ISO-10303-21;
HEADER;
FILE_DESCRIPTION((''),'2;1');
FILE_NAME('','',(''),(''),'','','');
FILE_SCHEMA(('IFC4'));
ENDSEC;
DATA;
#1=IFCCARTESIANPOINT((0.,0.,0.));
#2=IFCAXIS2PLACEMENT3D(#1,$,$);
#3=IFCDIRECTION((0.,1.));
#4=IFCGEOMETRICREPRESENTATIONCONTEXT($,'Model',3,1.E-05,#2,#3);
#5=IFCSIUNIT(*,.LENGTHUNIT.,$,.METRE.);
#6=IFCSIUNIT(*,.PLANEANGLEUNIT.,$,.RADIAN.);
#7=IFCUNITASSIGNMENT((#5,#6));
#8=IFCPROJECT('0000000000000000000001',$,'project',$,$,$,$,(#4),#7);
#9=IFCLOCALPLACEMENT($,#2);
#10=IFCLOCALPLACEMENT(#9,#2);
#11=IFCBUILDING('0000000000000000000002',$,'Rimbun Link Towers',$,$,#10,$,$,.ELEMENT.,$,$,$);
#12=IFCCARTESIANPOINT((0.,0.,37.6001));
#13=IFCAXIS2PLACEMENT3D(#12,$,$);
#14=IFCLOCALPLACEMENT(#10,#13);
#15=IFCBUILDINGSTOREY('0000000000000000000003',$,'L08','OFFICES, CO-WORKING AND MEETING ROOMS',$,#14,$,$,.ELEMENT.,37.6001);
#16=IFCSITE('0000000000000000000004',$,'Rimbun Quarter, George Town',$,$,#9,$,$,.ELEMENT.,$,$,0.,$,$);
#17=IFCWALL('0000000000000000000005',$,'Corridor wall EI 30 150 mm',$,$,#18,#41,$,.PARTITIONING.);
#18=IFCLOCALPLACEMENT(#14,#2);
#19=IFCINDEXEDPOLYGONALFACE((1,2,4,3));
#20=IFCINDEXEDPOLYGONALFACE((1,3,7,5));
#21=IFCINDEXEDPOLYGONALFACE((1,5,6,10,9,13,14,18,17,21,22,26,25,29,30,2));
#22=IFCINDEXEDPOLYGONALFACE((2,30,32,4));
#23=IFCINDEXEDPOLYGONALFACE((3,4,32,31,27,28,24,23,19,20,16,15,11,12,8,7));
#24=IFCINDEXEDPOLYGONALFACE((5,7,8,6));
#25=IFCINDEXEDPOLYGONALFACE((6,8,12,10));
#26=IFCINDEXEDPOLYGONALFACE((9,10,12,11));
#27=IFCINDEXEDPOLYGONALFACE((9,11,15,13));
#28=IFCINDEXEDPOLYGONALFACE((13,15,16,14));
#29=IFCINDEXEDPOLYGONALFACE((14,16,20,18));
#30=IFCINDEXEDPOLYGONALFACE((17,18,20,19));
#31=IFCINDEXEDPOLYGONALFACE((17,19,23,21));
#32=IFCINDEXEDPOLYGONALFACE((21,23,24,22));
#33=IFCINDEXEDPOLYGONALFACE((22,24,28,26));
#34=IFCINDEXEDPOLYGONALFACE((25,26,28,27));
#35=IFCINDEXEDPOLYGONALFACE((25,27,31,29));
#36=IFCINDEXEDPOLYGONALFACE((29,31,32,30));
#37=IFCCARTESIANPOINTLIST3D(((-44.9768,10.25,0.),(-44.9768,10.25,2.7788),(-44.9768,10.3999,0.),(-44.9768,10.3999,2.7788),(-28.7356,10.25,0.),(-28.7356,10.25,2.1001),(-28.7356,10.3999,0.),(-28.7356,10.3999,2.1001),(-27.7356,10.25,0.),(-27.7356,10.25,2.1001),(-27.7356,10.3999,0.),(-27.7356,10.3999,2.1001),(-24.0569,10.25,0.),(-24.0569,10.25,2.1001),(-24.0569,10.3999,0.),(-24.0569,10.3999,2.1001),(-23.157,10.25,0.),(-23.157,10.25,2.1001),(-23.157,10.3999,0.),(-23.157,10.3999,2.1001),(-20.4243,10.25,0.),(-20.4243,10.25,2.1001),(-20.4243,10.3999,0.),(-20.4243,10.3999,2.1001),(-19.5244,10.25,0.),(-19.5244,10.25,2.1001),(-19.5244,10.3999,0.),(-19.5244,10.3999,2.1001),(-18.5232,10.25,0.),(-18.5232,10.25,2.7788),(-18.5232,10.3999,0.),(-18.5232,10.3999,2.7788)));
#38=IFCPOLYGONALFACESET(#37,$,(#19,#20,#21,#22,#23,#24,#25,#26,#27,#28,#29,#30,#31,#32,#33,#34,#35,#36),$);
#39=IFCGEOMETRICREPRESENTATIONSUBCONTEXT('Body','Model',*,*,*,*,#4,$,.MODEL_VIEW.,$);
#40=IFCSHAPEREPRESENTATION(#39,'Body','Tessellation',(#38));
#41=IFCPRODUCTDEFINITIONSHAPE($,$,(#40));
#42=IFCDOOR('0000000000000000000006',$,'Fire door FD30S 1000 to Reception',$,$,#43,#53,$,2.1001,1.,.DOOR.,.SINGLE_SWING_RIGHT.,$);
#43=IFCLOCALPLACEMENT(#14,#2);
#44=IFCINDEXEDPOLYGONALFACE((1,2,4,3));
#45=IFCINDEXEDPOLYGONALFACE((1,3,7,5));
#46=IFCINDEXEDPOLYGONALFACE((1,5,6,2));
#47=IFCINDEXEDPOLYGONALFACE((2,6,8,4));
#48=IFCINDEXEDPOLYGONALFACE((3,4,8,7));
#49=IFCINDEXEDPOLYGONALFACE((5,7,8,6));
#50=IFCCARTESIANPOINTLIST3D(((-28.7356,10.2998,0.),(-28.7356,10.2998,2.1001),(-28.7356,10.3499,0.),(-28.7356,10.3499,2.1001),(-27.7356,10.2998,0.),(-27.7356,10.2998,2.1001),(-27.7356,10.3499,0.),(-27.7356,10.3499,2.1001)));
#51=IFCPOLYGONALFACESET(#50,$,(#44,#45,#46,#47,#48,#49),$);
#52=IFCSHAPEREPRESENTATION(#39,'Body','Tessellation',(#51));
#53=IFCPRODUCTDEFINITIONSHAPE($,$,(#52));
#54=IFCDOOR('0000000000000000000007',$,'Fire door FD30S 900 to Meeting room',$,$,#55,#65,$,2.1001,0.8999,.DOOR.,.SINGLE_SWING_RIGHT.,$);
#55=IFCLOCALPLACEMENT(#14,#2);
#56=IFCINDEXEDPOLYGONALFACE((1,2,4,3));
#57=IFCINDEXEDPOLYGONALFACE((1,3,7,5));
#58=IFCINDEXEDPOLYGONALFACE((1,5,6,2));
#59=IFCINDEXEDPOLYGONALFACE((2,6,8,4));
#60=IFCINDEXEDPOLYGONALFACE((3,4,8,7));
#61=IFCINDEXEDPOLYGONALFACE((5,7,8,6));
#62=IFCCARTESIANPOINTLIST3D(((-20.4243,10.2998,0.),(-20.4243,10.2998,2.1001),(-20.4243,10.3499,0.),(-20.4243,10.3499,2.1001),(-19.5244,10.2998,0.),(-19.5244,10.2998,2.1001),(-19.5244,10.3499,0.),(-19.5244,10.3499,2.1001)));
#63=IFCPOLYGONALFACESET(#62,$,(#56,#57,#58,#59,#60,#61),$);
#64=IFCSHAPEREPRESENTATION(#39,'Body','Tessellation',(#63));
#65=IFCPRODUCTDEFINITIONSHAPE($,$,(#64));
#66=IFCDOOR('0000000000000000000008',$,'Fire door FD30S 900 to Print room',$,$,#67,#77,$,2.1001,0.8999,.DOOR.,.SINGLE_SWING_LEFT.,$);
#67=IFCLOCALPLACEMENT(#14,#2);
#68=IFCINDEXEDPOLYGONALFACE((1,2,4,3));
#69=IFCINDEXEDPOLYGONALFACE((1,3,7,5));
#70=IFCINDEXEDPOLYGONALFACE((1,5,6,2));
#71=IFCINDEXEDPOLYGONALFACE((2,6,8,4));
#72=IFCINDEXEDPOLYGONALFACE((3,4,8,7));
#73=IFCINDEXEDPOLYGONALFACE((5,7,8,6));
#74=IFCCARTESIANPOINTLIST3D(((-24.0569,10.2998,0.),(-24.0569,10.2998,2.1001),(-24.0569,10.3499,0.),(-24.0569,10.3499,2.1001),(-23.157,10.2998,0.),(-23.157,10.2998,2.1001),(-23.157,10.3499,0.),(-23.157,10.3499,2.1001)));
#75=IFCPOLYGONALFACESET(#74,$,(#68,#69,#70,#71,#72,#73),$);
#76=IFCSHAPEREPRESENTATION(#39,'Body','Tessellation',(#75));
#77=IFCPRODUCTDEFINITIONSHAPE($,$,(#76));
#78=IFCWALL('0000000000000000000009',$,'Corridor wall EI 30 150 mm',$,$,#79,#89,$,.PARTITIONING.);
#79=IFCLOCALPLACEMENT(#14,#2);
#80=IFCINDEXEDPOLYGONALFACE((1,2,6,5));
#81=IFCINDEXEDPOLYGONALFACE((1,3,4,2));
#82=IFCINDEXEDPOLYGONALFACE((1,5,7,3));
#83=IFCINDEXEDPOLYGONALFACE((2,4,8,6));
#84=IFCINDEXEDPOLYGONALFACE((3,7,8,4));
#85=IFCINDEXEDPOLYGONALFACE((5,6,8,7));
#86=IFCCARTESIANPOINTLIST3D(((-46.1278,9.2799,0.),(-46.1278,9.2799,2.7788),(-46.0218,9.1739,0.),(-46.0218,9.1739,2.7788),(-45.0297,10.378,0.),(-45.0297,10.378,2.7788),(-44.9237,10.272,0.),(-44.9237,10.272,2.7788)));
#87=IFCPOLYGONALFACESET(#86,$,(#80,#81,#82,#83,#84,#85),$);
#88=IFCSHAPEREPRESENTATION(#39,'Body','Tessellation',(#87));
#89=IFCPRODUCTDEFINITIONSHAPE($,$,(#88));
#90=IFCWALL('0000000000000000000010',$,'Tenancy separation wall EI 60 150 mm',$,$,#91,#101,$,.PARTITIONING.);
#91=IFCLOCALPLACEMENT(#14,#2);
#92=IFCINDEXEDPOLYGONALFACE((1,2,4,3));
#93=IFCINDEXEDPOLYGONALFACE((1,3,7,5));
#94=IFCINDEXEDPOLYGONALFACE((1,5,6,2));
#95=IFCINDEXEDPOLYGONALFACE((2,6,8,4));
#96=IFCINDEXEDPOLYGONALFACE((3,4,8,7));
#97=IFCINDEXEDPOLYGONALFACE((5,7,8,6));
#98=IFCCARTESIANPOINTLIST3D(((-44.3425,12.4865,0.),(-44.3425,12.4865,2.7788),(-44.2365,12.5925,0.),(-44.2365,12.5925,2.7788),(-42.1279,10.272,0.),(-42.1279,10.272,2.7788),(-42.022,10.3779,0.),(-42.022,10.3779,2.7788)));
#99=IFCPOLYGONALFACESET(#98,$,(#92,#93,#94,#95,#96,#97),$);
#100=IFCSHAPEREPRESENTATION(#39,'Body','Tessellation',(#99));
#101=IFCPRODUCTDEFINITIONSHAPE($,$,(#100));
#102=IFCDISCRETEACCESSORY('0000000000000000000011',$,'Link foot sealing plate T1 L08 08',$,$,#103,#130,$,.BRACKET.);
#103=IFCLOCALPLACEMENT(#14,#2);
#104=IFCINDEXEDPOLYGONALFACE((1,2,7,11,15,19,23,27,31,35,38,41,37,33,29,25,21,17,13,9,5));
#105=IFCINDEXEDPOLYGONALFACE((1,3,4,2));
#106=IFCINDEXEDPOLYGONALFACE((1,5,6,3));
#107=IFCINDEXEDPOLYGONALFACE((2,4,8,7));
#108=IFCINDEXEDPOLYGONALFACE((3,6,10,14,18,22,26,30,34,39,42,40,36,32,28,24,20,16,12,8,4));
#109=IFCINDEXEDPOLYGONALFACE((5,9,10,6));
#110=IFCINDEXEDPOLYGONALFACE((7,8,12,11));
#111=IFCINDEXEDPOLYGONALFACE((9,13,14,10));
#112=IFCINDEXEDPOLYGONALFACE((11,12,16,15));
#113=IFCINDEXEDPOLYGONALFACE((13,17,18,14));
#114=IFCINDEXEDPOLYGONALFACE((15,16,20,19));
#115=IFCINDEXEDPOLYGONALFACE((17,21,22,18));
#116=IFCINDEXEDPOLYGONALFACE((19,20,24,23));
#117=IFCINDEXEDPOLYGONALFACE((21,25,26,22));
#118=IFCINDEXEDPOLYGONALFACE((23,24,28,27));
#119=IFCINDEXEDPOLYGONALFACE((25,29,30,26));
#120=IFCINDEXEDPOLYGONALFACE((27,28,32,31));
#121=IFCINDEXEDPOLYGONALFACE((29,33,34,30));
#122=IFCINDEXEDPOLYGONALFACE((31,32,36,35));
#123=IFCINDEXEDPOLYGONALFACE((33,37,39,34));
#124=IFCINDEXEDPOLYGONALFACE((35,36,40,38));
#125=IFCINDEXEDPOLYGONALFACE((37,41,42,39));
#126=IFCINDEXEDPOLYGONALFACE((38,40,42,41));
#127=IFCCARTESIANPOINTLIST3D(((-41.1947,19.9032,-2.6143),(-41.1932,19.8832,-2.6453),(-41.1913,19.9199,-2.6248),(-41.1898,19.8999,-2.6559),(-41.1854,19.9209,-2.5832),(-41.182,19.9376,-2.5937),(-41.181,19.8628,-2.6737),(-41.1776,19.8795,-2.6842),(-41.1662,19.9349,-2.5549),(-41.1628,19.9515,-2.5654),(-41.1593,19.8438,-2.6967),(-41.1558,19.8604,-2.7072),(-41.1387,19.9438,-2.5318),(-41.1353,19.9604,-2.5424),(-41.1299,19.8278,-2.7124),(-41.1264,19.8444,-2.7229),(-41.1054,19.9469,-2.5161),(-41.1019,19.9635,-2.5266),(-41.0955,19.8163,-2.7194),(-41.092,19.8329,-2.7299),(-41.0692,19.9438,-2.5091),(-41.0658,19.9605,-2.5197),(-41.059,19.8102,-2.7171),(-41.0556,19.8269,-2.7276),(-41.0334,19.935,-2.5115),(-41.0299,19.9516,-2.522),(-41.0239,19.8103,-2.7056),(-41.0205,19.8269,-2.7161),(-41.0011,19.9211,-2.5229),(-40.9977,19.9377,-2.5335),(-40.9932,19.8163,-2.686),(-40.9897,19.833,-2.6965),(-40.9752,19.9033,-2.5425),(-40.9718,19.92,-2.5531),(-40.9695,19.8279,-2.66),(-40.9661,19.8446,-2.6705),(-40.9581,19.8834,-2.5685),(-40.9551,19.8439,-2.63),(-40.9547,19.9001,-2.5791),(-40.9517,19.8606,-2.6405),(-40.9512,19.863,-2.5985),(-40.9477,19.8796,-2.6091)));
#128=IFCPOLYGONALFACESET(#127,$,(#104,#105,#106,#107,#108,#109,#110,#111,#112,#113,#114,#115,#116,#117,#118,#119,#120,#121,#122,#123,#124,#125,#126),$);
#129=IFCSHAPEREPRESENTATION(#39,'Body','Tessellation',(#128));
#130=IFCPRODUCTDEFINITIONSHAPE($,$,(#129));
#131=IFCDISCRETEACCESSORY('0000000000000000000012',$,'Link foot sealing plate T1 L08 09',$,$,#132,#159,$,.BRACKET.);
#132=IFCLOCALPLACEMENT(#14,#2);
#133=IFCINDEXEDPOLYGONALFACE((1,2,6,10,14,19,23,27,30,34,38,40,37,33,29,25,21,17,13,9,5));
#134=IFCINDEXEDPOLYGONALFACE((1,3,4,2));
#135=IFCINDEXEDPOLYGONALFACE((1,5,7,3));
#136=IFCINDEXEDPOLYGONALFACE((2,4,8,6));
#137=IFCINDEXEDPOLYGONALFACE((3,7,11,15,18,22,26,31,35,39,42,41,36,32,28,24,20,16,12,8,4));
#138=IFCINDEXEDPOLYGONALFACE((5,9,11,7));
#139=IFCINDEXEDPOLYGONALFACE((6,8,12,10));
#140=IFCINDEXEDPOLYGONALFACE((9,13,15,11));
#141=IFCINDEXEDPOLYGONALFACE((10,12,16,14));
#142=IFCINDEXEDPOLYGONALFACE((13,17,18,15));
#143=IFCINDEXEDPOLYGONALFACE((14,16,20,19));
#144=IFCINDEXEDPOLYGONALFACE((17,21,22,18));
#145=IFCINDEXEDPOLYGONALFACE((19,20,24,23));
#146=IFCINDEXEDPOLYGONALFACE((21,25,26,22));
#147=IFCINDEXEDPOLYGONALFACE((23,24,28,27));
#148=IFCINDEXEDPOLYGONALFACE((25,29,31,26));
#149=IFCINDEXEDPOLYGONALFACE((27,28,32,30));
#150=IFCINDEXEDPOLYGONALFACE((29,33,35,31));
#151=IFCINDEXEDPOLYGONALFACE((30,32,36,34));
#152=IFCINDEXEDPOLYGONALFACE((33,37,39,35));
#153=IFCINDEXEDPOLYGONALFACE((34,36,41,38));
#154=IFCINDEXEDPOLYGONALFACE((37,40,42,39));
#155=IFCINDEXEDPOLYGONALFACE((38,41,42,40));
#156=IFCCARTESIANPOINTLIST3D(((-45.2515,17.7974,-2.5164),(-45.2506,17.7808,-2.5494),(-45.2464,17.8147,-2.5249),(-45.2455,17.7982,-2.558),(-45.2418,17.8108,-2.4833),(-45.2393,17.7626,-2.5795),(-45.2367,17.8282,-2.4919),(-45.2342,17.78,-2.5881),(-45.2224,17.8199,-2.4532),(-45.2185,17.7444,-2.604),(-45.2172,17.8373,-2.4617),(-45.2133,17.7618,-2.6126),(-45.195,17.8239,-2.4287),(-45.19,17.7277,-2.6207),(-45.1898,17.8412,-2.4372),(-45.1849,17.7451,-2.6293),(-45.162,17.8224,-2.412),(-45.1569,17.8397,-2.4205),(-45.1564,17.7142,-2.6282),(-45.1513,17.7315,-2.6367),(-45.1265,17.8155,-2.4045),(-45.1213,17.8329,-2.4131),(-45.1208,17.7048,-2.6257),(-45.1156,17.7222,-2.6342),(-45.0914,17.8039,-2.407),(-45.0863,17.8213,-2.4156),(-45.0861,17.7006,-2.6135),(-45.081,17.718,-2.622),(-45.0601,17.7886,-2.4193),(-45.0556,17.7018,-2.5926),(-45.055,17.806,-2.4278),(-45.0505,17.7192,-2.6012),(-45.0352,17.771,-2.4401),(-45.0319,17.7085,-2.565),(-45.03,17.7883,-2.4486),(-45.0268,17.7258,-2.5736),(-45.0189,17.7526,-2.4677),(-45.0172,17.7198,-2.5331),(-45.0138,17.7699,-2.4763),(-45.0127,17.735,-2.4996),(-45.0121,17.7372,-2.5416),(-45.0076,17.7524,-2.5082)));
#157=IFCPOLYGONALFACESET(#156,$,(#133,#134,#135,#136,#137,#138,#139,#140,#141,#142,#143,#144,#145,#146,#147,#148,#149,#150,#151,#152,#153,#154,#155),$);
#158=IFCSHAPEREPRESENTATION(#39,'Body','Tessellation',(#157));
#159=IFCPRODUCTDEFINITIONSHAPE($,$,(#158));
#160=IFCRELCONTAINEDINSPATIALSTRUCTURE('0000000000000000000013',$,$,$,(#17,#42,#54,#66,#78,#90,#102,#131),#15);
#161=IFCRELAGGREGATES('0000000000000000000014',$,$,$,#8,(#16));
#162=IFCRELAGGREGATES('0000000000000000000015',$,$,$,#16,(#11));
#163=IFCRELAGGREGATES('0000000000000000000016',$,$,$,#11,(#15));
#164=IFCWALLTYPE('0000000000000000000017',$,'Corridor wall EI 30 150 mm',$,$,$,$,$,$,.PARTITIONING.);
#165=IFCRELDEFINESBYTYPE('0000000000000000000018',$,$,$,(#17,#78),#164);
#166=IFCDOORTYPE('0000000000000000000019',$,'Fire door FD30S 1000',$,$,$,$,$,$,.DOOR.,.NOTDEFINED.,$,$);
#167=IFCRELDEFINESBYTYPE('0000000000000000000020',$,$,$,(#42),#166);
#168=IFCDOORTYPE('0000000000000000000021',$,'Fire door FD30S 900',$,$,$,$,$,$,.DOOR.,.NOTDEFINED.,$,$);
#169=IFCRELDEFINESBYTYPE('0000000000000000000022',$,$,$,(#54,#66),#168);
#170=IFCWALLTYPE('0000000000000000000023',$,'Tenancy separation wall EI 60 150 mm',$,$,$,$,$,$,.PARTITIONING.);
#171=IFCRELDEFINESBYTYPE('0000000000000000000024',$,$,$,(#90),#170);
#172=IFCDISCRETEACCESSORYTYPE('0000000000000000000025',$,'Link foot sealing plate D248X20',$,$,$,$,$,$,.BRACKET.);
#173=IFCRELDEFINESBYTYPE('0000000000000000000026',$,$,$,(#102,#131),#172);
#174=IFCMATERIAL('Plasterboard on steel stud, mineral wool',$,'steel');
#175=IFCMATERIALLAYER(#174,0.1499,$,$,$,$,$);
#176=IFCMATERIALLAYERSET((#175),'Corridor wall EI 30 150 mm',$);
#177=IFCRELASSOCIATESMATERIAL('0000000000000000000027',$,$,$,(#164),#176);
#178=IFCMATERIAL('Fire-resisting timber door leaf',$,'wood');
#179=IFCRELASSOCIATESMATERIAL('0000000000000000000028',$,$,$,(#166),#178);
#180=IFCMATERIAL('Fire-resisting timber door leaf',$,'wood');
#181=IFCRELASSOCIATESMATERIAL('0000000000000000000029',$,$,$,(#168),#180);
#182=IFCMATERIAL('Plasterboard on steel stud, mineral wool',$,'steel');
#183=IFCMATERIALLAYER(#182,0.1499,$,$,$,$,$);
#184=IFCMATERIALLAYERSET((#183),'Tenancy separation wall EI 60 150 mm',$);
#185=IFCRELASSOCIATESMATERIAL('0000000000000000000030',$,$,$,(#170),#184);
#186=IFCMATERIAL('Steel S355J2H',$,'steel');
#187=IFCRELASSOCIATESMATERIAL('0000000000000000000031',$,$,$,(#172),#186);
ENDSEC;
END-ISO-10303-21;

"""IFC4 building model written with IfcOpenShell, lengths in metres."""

from ifc_helpers import new_model, si_unit, direction, frame, frame_2d, origin, origin_2d, place, context, subcontext, project, spatial, rectangle, circle, extrude, material, layer, layer_set, material_profile, profile_set, type_object, element, fill, save


model = new_model("IFC4")

# Units and contexts
model_context = context("Model", 3, precision=1e-05, world=origin(), true_north=direction((0.0, 1.0)))
body_context = subcontext(model_context, "Body", "Model", "MODEL_VIEW")
ifc_project = project(units=[si_unit("LENGTHUNIT", "METRE"), si_unit("PLANEANGLEUNIT", "RADIAN")], contexts=[model_context])

# Site, building, storey
site_placement = place(None, origin())
site = spatial("IfcSite", under=ifc_project, at=site_placement, Name="Rimbun Quarter, George Town", CompositionType="ELEMENT", RefElevation=0.0)
building_placement = place(site_placement, origin())
building = spatial("IfcBuilding", under=site, at=building_placement, Name="Rimbun Link Towers", CompositionType="ELEMENT")
storey_placement = place(building_placement, frame((0.0, 0.0, 37.6001)))
storey = spatial("IfcBuildingStorey", under=building, at=storey_placement, Name="L08", Description="OFFICES, CO-WORKING AND MEETING ROOMS", CompositionType="ELEMENT", Elevation=37.6001)

# Wall, openings, doors
ifc_material_1 = material(Name="Plasterboard on steel stud, mineral wool", Category="steel")
ifc_layer_1 = layer(ifc_material_1, 0.1499)
ifc_layer_set_1 = layer_set([ifc_layer_1], Name="Corridor wall EI 30 150 mm")
wall_type_1 = type_object("IfcWallType", Name="Corridor wall EI 30 150 mm", PredefinedType="PARTITIONING", material=ifc_layer_set_1)
wall_1_placement = place(storey_placement, frame((-44.9768, 10.325, 0.0), z_axis=(0.0, 0.0, 1.0), x_axis=(1.0, 0.0, 0.0)))
wall_1 = element("IfcWall", 1, at=wall_1_placement, inside=storey, type_object=wall_type_1, Name="Corridor wall EI 30 150 mm", PredefinedType="PARTITIONING", context=body_context, shape_type="SweptSolid", body=[
    extrude(rectangle(XDim=26.4536, YDim=0.1499, at=frame_2d((13.2268, 0.0))), origin(), (0.0, 0.0, 1.0), 2.7788),
])
opening_1_placement = place(wall_1_placement, frame((24.5525, 0.0, 0.0)))
opening_1 = element("IfcOpeningElement", 2, at=opening_1_placement, cuts=wall_1, PredefinedType="OPENING", context=body_context, shape_type="SweptSolid", body=[
    extrude(rectangle(XDim=0.8999, YDim=2.1001, at=frame_2d((0.45, 1.05))), frame((0.0, 0.085, 0.0), z_axis=(0.0, -1.0, 0.0), x_axis=(1.0, 0.0, 0.0)), (0.0, 0.0, 1.0), 0.1699),
])
opening_2_placement = place(wall_1_placement, frame((20.9199, 0.0, 0.0)))
opening_2 = element("IfcOpeningElement", 3, at=opening_2_placement, cuts=wall_1, PredefinedType="OPENING", context=body_context, shape_type="SweptSolid", body=[
    extrude(rectangle(XDim=0.8999, YDim=2.1001, at=frame_2d((0.45, 1.05))), frame((0.0, 0.085, 0.0), z_axis=(0.0, -1.0, 0.0), x_axis=(1.0, 0.0, 0.0)), (0.0, 0.0, 1.0), 0.1699),
])
opening_3_placement = place(wall_1_placement, frame((16.2412, 0.0, 0.0)))
opening_3 = element("IfcOpeningElement", 4, at=opening_3_placement, cuts=wall_1, PredefinedType="OPENING", context=body_context, shape_type="SweptSolid", body=[
    extrude(rectangle(XDim=1.0, YDim=2.1001, at=frame_2d((0.5, 1.05))), frame((0.0, 0.085, 0.0), z_axis=(0.0, -1.0, 0.0), x_axis=(1.0, 0.0, 0.0)), (0.0, 0.0, 1.0), 0.1699),
])
ifc_material_2 = material(Name="Fire-resisting timber door leaf", Category="wood")
door_type_1 = type_object("IfcDoorType", Name="Fire door FD30S 1000", OperationType="NOTDEFINED", PredefinedType="DOOR", material=ifc_material_2)
door_1_placement = place(opening_3_placement, origin())
door_1 = element("IfcDoor", 5, at=door_1_placement, inside=storey, type_object=door_type_1, Name="Fire door FD30S 1000 to Reception", OperationType="SINGLE_SWING_RIGHT", OverallHeight=2.1001, OverallWidth=1.0, PredefinedType="DOOR", context=body_context, shape_type="SweptSolid", body=[
    extrude(rectangle(XDim=1.0, YDim=2.1001, at=frame_2d((0.5, 1.05))), frame((0.0, 0.0249, 0.0), z_axis=(0.0, -1.0, 0.0), x_axis=(1.0, 0.0, 0.0)), (0.0, 0.0, 1.0), 0.05),
])
fill(opening_3, door_1)
ifc_material_3 = material(Name="Fire-resisting timber door leaf", Category="wood")
door_type_2 = type_object("IfcDoorType", Name="Fire door FD30S 900", OperationType="NOTDEFINED", PredefinedType="DOOR", material=ifc_material_3)
door_2_placement = place(opening_1_placement, origin())
door_2 = element("IfcDoor", 6, at=door_2_placement, inside=storey, type_object=door_type_2, Name="Fire door FD30S 900 to Meeting room", OperationType="SINGLE_SWING_RIGHT", OverallHeight=2.1001, OverallWidth=0.8999, PredefinedType="DOOR", context=body_context, shape_type="SweptSolid", body=[
    extrude(rectangle(XDim=0.8999, YDim=2.1001, at=frame_2d((0.45, 1.05))), frame((0.0, 0.0249, 0.0), z_axis=(0.0, -1.0, 0.0), x_axis=(1.0, 0.0, 0.0)), (0.0, 0.0, 1.0), 0.05),
])
fill(opening_1, door_2)
door_3_placement = place(opening_2_placement, origin())
door_3 = element("IfcDoor", 7, at=door_3_placement, inside=storey, type_object=door_type_2, Name="Fire door FD30S 900 to Print room", OperationType="SINGLE_SWING_LEFT", OverallHeight=2.1001, OverallWidth=0.8999, PredefinedType="DOOR", context=body_context, shape_type="SweptSolid", body=[
    extrude(rectangle(XDim=0.8999, YDim=2.1001, at=frame_2d((0.45, 1.05))), frame((0.0, 0.0249, 0.0), z_axis=(0.0, -1.0, 0.0), x_axis=(1.0, 0.0, 0.0)), (0.0, 0.0, 1.0), 0.05),
])
fill(opening_2, door_3)

# Walls
wall_2_placement = place(storey_placement, frame((-44.9768, 10.325, 0.0), z_axis=(0.0, 0.0, 1.0), x_axis=(-0.707107, -0.707107, 0.0)))
element("IfcWall", 8, at=wall_2_placement, inside=storey, type_object=wall_type_1, Name="Corridor wall EI 30 150 mm", PredefinedType="PARTITIONING", context=body_context, shape_type="SweptSolid", body=[
    extrude(rectangle(XDim=1.553, YDim=0.1499, at=frame_2d((0.7764, 0.0))), origin(), (0.0, 0.0, 1.0), 2.7788),
])
ifc_material_4 = material(Name="Plasterboard on steel stud, mineral wool", Category="steel")
ifc_layer_2 = layer(ifc_material_4, 0.1499)
ifc_layer_set_2 = layer_set([ifc_layer_2], Name="Tenancy separation wall EI 60 150 mm")
wall_type_2 = type_object("IfcWallType", Name="Tenancy separation wall EI 60 150 mm", PredefinedType="PARTITIONING", material=ifc_layer_set_2)
wall_3_placement = place(storey_placement, frame((-42.075, 10.325, 0.0), z_axis=(0.0, 0.0, 1.0), x_axis=(-0.707107, 0.707107, 0.0)))
element("IfcWall", 9, at=wall_3_placement, inside=storey, type_object=wall_type_2, Name="Tenancy separation wall EI 60 150 mm", PredefinedType="PARTITIONING", context=body_context, shape_type="SweptSolid", body=[
    extrude(rectangle(XDim=3.1318, YDim=0.1499, at=frame_2d((1.5659, 0.0))), origin(), (0.0, 0.0, 1.0), 2.7788),
])

# Discrete accessories
ifc_material_5 = material(Name="Steel S355J2H", Category="steel")
ifc_material_profile_1 = material_profile(ifc_material_5, circle(Radius=0.124, at=origin_2d()), Name="PL D248")
ifc_profile_set_1 = profile_set([ifc_material_profile_1], Name="Steel S355J2H")
discrete_accessory_type = type_object("IfcDiscreteAccessoryType", Name="Link foot sealing plate D248X20", PredefinedType="BRACKET", material=ifc_profile_set_1)
for number, where, z_axis, x_axis, name in (
    (10, (-41.0732, 19.8782, -2.6143), (0.171434, 0.832681, -0.526548), (-0.979457, 0.201653, 0.0), "Link foot sealing plate T1 L08 08"),
    (11, (-45.1326, 17.7622, -2.5164), (0.256422, 0.86695, -0.42737), (-0.958934, 0.283628, 0.0), "Link foot sealing plate T1 L08 09"),
):
    element("IfcDiscreteAccessory", number, at=place(storey_placement, frame(where, z_axis=z_axis, x_axis=x_axis)), inside=storey, type_object=discrete_accessory_type, Name=name, PredefinedType="BRACKET", context=body_context, shape_type="SweptSolid", body=[
        extrude(circle(Radius=0.124, at=origin_2d()), origin(), (0.0, 0.0, 1.0), 0.02),
    ])

save(model, "model.ifc")
